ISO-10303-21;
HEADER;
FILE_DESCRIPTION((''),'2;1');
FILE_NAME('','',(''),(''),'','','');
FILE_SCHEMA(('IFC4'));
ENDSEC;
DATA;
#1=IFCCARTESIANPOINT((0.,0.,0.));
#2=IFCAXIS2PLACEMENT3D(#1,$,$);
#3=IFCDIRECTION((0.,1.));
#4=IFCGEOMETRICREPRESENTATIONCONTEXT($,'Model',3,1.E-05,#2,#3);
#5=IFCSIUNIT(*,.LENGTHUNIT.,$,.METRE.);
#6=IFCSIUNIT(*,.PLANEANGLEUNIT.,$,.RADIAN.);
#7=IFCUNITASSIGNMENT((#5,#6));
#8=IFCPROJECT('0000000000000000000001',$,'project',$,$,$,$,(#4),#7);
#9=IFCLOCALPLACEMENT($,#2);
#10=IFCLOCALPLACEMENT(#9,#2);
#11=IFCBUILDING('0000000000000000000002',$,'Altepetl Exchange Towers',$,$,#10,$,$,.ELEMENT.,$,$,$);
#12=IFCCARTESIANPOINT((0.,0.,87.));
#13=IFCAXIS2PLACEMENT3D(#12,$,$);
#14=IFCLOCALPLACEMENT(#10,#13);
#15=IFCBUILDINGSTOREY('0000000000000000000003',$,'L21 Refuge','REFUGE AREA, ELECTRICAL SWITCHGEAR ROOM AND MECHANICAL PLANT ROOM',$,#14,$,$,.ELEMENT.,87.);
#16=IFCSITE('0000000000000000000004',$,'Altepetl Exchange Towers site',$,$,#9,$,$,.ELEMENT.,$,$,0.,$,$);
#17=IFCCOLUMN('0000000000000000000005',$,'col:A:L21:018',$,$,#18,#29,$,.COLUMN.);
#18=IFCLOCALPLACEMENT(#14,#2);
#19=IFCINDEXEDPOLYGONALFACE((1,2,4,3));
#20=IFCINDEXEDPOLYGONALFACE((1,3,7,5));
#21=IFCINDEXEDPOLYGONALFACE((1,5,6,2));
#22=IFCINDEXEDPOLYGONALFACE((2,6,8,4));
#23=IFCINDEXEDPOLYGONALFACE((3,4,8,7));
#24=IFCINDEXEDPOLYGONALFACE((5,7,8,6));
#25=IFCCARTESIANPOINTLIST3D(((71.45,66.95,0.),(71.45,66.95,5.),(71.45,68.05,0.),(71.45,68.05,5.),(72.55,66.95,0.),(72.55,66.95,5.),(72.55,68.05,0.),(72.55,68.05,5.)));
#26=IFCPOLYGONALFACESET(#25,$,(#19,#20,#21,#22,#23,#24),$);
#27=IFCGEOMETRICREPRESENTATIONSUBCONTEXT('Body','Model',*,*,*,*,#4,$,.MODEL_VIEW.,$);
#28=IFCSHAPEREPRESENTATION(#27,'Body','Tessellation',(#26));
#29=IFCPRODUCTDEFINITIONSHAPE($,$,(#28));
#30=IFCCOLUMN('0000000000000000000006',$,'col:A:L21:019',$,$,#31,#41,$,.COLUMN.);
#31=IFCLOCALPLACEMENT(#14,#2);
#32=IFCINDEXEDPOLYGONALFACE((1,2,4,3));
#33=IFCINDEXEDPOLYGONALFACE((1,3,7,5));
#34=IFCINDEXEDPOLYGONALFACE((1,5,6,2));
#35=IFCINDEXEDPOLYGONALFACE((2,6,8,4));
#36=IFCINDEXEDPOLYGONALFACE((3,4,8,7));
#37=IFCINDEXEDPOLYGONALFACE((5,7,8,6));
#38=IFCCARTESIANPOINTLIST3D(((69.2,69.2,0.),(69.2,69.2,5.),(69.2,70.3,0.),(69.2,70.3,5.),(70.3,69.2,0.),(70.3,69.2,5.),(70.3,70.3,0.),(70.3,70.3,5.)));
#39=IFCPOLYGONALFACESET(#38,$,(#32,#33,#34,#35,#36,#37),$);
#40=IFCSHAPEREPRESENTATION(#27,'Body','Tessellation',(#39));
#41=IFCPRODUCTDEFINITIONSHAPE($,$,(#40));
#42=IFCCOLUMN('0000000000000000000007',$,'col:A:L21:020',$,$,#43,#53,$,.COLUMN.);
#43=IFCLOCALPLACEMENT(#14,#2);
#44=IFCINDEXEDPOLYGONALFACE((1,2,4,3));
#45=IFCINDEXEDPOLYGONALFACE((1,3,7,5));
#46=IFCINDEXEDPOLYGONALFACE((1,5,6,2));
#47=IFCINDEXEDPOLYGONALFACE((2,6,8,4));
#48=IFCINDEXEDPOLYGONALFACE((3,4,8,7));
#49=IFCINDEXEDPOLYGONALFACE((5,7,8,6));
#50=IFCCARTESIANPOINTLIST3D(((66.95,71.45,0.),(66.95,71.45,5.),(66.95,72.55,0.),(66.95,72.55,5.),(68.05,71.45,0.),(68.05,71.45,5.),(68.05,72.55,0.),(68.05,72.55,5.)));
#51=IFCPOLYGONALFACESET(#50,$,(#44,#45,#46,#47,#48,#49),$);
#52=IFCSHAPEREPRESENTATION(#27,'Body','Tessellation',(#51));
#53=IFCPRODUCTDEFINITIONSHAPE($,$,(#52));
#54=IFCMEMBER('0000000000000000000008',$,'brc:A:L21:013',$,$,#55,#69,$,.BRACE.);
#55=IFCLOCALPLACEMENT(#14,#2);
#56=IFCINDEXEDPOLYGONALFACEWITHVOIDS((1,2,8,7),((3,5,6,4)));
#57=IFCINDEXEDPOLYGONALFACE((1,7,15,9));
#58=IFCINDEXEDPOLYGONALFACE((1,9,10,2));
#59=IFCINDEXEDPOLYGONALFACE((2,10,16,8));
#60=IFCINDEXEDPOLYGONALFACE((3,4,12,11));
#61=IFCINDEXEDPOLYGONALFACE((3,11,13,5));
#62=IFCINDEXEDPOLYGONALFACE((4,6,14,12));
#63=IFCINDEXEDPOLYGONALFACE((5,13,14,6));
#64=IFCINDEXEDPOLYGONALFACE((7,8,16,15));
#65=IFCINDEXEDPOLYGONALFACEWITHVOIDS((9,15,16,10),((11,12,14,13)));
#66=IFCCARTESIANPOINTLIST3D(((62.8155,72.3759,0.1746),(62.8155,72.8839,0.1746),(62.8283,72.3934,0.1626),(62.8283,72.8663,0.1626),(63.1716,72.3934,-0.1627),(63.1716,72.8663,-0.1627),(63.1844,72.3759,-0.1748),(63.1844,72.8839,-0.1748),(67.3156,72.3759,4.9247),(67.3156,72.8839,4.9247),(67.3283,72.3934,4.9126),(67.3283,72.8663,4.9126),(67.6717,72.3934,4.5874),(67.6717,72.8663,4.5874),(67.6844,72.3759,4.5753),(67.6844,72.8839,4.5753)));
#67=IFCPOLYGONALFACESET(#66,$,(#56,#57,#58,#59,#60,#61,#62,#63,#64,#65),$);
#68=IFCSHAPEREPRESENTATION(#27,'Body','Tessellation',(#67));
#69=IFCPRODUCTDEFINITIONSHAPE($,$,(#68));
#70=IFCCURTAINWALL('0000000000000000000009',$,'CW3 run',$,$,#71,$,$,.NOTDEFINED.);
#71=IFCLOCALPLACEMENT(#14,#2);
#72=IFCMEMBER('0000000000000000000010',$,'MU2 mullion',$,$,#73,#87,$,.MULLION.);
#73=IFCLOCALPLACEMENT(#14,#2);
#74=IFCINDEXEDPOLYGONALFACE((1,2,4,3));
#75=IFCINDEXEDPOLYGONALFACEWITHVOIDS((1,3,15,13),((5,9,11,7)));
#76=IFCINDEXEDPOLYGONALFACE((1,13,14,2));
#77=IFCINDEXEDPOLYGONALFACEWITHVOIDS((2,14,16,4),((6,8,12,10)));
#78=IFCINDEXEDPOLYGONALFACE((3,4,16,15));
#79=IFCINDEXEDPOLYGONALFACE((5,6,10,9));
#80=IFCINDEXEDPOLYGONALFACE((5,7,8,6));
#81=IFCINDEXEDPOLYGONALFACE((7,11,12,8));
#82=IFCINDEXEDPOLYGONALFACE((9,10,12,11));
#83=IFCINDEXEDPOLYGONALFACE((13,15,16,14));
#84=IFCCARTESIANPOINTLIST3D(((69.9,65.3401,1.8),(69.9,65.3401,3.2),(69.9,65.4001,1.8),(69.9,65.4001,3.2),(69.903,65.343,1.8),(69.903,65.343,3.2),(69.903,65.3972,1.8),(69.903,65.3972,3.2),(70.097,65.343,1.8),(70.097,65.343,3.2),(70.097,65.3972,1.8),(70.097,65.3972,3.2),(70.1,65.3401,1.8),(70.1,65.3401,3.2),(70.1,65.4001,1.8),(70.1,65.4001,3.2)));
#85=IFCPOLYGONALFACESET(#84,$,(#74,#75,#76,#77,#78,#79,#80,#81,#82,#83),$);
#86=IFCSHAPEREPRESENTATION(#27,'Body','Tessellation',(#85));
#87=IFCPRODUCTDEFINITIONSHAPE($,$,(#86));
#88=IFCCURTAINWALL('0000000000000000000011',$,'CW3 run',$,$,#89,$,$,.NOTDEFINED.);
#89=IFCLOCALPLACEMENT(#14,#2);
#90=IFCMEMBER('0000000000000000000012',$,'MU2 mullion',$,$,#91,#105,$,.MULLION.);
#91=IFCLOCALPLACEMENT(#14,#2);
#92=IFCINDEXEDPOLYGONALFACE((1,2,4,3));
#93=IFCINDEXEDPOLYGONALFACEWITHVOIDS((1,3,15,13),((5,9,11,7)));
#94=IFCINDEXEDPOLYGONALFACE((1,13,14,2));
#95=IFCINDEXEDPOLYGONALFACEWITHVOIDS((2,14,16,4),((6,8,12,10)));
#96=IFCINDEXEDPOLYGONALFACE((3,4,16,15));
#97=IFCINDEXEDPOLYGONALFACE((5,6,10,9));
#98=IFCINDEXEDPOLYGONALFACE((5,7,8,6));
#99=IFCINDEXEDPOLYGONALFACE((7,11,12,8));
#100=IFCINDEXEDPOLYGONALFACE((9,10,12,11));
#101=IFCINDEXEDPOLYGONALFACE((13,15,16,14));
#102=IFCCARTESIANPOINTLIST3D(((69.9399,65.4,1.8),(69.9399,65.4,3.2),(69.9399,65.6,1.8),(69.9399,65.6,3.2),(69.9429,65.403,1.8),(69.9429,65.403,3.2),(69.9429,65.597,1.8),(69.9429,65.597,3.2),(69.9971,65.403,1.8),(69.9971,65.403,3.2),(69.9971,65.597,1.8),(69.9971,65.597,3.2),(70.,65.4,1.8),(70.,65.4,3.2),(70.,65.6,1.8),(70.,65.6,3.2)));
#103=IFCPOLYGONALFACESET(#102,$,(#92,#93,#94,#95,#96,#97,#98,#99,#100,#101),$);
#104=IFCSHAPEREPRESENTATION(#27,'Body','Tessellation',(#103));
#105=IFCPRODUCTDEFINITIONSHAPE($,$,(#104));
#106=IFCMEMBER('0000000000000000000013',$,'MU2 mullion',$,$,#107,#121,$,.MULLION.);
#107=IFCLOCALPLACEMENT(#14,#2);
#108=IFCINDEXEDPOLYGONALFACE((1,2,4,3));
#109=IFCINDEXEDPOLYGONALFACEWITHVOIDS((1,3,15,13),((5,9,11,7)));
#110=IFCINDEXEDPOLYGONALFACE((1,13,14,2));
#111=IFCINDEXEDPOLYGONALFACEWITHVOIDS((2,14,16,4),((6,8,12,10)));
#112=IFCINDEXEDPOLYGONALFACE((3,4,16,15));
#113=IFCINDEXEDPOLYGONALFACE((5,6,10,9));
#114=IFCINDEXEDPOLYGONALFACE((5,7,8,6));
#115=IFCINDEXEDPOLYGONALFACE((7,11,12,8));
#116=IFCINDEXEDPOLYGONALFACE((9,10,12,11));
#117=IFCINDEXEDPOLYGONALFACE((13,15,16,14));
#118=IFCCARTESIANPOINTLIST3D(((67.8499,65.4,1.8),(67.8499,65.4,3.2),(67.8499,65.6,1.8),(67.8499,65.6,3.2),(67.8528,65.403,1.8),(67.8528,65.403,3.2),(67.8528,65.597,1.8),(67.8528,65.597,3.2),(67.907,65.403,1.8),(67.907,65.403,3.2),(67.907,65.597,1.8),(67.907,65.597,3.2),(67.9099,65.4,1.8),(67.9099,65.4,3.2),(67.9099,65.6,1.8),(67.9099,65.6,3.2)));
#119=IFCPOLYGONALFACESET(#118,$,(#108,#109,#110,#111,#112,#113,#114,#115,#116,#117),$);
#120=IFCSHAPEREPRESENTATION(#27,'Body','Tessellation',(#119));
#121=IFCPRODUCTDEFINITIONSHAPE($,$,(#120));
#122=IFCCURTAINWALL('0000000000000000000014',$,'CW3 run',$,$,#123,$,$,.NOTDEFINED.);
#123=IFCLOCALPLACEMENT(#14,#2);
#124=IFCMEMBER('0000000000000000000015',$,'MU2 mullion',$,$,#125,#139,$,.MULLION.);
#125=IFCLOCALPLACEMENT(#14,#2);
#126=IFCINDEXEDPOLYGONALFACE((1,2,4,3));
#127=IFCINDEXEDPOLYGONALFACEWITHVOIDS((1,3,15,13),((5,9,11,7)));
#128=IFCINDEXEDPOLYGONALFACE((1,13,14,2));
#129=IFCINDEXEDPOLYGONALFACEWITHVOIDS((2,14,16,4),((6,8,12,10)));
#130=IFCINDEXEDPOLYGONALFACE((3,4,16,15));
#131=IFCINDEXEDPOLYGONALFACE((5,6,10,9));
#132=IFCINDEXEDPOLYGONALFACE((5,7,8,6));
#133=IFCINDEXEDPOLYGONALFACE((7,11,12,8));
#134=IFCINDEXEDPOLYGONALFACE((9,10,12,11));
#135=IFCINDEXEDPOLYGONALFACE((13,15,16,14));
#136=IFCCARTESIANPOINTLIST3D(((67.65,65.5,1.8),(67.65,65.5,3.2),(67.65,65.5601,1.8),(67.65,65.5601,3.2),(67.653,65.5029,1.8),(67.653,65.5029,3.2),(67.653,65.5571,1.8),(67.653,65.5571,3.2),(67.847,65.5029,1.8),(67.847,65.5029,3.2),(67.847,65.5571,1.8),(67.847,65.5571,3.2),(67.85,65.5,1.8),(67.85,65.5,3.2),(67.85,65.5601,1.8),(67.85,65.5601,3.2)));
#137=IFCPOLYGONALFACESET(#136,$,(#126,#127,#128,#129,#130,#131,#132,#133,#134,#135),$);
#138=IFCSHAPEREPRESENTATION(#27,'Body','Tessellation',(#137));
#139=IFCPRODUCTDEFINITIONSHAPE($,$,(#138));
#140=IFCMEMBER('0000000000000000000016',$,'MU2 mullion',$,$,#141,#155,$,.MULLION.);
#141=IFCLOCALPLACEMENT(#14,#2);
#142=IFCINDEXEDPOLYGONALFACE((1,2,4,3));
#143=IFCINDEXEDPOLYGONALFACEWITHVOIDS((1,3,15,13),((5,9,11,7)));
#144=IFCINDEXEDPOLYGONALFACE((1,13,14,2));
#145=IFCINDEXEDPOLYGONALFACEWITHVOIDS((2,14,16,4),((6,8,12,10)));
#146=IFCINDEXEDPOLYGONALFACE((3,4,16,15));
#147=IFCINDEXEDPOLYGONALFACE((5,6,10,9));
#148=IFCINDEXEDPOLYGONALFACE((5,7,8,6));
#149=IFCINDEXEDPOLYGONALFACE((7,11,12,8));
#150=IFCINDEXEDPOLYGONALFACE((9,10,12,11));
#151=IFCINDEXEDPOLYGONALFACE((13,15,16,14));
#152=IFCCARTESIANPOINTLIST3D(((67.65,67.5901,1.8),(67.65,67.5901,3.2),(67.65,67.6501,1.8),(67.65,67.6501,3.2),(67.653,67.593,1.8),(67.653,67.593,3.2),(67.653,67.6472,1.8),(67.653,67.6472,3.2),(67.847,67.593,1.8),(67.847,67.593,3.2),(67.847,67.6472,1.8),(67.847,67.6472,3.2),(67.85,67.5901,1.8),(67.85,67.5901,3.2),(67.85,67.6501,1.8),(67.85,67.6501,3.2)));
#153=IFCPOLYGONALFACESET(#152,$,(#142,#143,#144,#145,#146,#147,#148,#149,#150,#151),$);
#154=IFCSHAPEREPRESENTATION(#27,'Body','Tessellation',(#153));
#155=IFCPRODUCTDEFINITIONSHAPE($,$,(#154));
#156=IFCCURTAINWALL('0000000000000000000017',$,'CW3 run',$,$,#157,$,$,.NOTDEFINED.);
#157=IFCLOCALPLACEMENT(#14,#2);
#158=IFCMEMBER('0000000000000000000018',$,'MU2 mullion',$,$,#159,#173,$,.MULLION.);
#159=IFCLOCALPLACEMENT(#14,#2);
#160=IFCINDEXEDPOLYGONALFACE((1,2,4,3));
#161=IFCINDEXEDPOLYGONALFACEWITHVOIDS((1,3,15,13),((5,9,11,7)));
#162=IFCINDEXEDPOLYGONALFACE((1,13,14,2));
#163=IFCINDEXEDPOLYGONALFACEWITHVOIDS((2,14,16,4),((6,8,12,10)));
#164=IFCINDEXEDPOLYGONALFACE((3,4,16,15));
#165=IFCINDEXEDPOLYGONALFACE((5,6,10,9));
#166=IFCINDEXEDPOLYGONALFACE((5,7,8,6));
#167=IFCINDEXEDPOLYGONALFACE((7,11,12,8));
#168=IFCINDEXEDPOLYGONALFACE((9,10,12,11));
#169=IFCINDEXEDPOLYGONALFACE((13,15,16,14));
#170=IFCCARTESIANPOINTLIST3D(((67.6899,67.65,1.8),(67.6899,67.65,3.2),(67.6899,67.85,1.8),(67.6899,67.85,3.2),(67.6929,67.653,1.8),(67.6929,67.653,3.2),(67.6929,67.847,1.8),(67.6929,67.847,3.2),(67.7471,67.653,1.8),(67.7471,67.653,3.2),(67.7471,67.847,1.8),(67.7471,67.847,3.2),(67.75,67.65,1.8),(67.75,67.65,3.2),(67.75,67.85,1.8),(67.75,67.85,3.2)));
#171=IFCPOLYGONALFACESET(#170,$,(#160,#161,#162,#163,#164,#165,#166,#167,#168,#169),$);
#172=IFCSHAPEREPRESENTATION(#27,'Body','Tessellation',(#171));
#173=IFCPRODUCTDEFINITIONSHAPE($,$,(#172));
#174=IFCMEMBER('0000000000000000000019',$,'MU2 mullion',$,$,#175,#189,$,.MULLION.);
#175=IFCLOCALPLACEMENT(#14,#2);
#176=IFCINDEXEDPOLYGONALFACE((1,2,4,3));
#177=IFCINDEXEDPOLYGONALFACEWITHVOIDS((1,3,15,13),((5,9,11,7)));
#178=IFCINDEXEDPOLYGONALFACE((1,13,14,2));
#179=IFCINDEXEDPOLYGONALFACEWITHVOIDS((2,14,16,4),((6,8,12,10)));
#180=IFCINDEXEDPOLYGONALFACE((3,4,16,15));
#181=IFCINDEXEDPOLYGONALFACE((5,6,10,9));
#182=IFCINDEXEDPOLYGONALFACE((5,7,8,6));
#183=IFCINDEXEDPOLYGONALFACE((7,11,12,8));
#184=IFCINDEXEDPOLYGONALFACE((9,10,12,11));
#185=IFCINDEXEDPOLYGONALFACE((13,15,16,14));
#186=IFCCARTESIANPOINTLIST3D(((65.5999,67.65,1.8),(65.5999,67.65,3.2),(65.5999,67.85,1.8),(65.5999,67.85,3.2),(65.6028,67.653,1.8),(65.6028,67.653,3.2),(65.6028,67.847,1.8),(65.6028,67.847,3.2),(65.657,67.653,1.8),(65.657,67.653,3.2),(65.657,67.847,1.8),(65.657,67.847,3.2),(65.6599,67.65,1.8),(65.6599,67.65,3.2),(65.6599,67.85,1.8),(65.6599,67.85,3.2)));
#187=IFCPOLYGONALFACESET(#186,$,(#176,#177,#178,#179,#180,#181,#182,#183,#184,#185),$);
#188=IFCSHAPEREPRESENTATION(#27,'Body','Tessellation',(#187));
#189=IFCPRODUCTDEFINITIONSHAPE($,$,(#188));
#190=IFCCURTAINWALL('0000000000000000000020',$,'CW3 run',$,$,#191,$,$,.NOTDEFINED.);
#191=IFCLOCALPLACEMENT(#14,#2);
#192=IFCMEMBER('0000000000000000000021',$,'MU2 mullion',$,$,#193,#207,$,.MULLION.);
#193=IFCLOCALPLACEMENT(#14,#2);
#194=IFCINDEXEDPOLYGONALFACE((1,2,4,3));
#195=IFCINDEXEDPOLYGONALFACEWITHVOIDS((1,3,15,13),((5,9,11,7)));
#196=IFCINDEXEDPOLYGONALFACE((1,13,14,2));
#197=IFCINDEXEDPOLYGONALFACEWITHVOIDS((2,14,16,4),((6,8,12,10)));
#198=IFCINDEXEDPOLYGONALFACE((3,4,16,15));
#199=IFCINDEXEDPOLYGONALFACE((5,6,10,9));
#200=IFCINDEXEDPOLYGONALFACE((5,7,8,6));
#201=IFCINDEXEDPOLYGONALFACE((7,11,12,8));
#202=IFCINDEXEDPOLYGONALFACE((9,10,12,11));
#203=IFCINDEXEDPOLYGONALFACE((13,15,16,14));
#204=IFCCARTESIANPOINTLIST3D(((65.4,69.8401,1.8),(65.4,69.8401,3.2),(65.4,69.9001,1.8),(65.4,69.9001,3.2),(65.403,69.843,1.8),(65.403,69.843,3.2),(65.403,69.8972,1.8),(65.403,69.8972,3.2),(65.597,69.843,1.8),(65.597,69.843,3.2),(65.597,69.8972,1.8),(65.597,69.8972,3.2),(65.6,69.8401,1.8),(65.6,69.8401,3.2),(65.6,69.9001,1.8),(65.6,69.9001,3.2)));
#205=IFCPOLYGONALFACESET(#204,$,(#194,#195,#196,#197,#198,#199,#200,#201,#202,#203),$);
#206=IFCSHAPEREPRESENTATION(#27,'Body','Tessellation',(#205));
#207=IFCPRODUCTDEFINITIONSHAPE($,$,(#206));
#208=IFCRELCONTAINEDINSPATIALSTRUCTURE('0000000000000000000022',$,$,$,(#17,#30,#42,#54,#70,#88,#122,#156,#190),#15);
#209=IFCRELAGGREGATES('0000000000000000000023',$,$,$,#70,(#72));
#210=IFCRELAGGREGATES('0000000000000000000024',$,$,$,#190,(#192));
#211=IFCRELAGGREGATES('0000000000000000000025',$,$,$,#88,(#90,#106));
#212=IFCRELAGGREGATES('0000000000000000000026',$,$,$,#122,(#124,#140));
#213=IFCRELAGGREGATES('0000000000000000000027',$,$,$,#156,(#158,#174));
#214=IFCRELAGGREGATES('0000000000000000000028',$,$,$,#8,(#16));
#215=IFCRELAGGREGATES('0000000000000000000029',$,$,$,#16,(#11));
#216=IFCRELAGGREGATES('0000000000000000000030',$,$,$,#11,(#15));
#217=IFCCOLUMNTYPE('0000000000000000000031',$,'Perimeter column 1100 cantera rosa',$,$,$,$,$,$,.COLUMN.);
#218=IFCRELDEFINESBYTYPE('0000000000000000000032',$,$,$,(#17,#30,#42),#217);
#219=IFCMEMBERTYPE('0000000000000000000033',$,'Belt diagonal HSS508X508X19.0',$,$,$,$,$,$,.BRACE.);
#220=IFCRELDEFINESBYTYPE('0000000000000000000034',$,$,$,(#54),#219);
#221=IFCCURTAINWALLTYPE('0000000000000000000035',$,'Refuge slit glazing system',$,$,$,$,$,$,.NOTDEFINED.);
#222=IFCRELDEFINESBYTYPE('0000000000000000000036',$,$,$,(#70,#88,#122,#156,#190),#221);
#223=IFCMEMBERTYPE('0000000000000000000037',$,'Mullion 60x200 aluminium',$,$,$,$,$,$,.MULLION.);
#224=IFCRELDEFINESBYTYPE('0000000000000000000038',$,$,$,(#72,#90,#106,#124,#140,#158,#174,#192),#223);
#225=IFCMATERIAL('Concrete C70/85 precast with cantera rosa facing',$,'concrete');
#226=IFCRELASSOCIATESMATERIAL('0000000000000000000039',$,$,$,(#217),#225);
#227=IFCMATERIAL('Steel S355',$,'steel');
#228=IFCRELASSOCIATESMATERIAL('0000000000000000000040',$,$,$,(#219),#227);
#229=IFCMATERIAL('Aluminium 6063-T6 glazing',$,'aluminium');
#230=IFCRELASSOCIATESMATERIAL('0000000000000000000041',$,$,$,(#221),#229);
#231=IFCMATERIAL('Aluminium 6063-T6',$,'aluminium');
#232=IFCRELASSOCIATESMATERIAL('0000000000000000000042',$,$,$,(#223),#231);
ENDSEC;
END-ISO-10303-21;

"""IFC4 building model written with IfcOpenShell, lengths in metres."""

from ifc_helpers import new_model, si_unit, direction, frame, origin, origin_2d, place, context, subcontext, project, spatial, rectangle, hollow_rectangle, extrude, material, material_profile, profile_set, type_object, element, aggregate, save


model = new_model("IFC4")

# Units and contexts
model_context = context("Model", 3, precision=1e-05, world=origin(), true_north=direction((0.0, 1.0)))
body_context = subcontext(model_context, "Body", "Model", "MODEL_VIEW")
ifc_project = project(units=[si_unit("LENGTHUNIT", "METRE"), si_unit("PLANEANGLEUNIT", "RADIAN")], contexts=[model_context])

# Site, building, storey
site_placement = place(None, origin())
site = spatial("IfcSite", under=ifc_project, at=site_placement, Name="Altepetl Exchange Towers site", CompositionType="ELEMENT", RefElevation=0.0)
building_placement = place(site_placement, origin())
building = spatial("IfcBuilding", under=site, at=building_placement, Name="Altepetl Exchange Towers", CompositionType="ELEMENT")
storey_placement = place(building_placement, frame((0.0, 0.0, 87.0)))
storey = spatial("IfcBuildingStorey", under=building, at=storey_placement, Name="L21 Refuge", Description="REFUGE AREA, ELECTRICAL SWITCHGEAR ROOM AND MECHANICAL PLANT ROOM", CompositionType="ELEMENT", Elevation=87.0)

# Columns
ifc_material_1 = material(Name="Concrete C70/85 precast with cantera rosa facing", Category="concrete")
ifc_material_profile_1 = material_profile(ifc_material_1, rectangle(XDim=1.1001, YDim=1.1001, at=origin_2d()), Name="1100 x 1100")
ifc_profile_set_1 = profile_set([ifc_material_profile_1], Name="Concrete C70/85 precast with cantera rosa facing")
column_type = type_object("IfcColumnType", Name="Perimeter column 1100 cantera rosa", PredefinedType="COLUMN", material=ifc_profile_set_1)
for number, where, name in (
    (1, (72.0, 67.5, 0.0), "col:A:L21:018"),
    (2, (69.75, 69.75, 0.0), "col:A:L21:019"),
    (3, (67.5, 72.0, 0.0), "col:A:L21:020"),
):
    element("IfcColumn", number, at=place(storey_placement, frame(where)), inside=storey, type_object=column_type, Name=name, PredefinedType="COLUMN", context=body_context, shape_type="SweptSolid", body=[
        extrude(rectangle(XDim=1.1001, YDim=1.1001, at=origin_2d()), origin(), (0.0, 0.0, 1.0), 5.0),
    ])

# Member
ifc_material_2 = material(Name="Steel S355", Category="steel")
ifc_material_profile_2 = material_profile(ifc_material_2, hollow_rectangle(XDim=0.5081, YDim=0.5081, WallThickness=0.0176, at=origin_2d()), Name="HSS508X508X19.0")
ifc_profile_set_2 = profile_set([ifc_material_profile_2], Name="Steel S355")
member_type_1 = type_object("IfcMemberType", Name="Belt diagonal HSS508X508X19.0", PredefinedType="BRACE", material=ifc_profile_set_2)
member_1_placement = place(storey_placement, frame((67.5, 72.6299, 4.75), z_axis=(-0.687745, 0.0, -0.725953), x_axis=(0.0, -1.0, 0.0)))
element("IfcMember", 4, at=member_1_placement, inside=storey, type_object=member_type_1, Name="brc:A:L21:013", PredefinedType="BRACE", context=body_context, shape_type="SweptSolid", body=[
    extrude(hollow_rectangle(XDim=0.5081, YDim=0.5081, WallThickness=0.0176, at=origin_2d()), origin(), (0.0, 0.0, 1.0), 6.5432),
])

# Curtain wall, member
ifc_material_3 = material(Name="Aluminium 6063-T6 glazing", Category="aluminium")
curtain_wall_type = type_object("IfcCurtainWallType", Name="Refuge slit glazing system", PredefinedType="NOTDEFINED", material=ifc_material_3)
curtain_wall_1_placement = place(storey_placement, origin())
curtain_wall_1 = element("IfcCurtainWall", 5, at=curtain_wall_1_placement, inside=storey, type_object=curtain_wall_type, Name="CW3 run", PredefinedType="NOTDEFINED")
ifc_material_4 = material(Name="Aluminium 6063-T6", Category="aluminium")
ifc_material_profile_3 = material_profile(ifc_material_4, hollow_rectangle(XDim=0.0601, YDim=0.2, WallThickness=0.0029, at=origin_2d()), Name="Mullion 60x200 aluminium")
ifc_profile_set_3 = profile_set([ifc_material_profile_3], Name="Aluminium 6063-T6")
member_type_2 = type_object("IfcMemberType", Name="Mullion 60x200 aluminium", PredefinedType="MULLION", material=ifc_profile_set_3)
member_2_placement = place(storey_placement, frame((70.0, 65.3701, 1.8), z_axis=(0.0, 0.0, 1.0), x_axis=(0.0, 1.0, 0.0)))
member_2 = element("IfcMember", 6, at=member_2_placement, type_object=member_type_2, Name="MU2 mullion", PredefinedType="MULLION", context=body_context, shape_type="SweptSolid", body=[
    extrude(hollow_rectangle(XDim=0.0601, YDim=0.2, WallThickness=0.0029, at=origin_2d()), origin(), (0.0, 0.0, 1.0), 1.3999),
])
aggregate(curtain_wall_1, [member_2])

# Curtain walls, members
curtain_wall_2_placement = place(storey_placement, origin())
curtain_wall_2 = element("IfcCurtainWall", 7, at=curtain_wall_2_placement, inside=storey, type_object=curtain_wall_type, Name="CW3 run", PredefinedType="NOTDEFINED")
member_3_placement = place(storey_placement, frame((69.97, 65.5, 1.8), z_axis=(0.0, 0.0, 1.0), x_axis=(-1.0, 0.0, 0.0)))
member_3 = element("IfcMember", 8, at=member_3_placement, type_object=member_type_2, Name="MU2 mullion", PredefinedType="MULLION", context=body_context, shape_type="SweptSolid", body=[
    extrude(hollow_rectangle(XDim=0.0601, YDim=0.2, WallThickness=0.0029, at=origin_2d()), origin(), (0.0, 0.0, 1.0), 1.3999),
])
member_4_placement = place(storey_placement, frame((67.8799, 65.5, 1.8), z_axis=(0.0, 0.0, 1.0), x_axis=(-1.0, 0.0, 0.0)))
member_4 = element("IfcMember", 9, at=member_4_placement, type_object=member_type_2, Name="MU2 mullion", PredefinedType="MULLION", context=body_context, shape_type="SweptSolid", body=[
    extrude(hollow_rectangle(XDim=0.0601, YDim=0.2, WallThickness=0.0029, at=origin_2d()), origin(), (0.0, 0.0, 1.0), 1.3999),
])
curtain_wall_3_placement = place(storey_placement, origin())
curtain_wall_3 = element("IfcCurtainWall", 10, at=curtain_wall_3_placement, inside=storey, type_object=curtain_wall_type, Name="CW3 run", PredefinedType="NOTDEFINED")
member_5_placement = place(storey_placement, frame((67.75, 65.53, 1.8), z_axis=(0.0, 0.0, 1.0), x_axis=(0.0, 1.0, 0.0)))
member_5 = element("IfcMember", 11, at=member_5_placement, type_object=member_type_2, Name="MU2 mullion", PredefinedType="MULLION", context=body_context, shape_type="SweptSolid", body=[
    extrude(hollow_rectangle(XDim=0.0601, YDim=0.2, WallThickness=0.0029, at=origin_2d()), origin(), (0.0, 0.0, 1.0), 1.3999),
])
member_6_placement = place(storey_placement, frame((67.75, 67.6201, 1.8), z_axis=(0.0, 0.0, 1.0), x_axis=(0.0, 1.0, 0.0)))
member_6 = element("IfcMember", 12, at=member_6_placement, type_object=member_type_2, Name="MU2 mullion", PredefinedType="MULLION", context=body_context, shape_type="SweptSolid", body=[
    extrude(hollow_rectangle(XDim=0.0601, YDim=0.2, WallThickness=0.0029, at=origin_2d()), origin(), (0.0, 0.0, 1.0), 1.3999),
])
curtain_wall_4_placement = place(storey_placement, origin())
curtain_wall_4 = element("IfcCurtainWall", 13, at=curtain_wall_4_placement, inside=storey, type_object=curtain_wall_type, Name="CW3 run", PredefinedType="NOTDEFINED")
member_7_placement = place(storey_placement, frame((67.72, 67.75, 1.8), z_axis=(0.0, 0.0, 1.0), x_axis=(-1.0, 0.0, 0.0)))
member_7 = element("IfcMember", 14, at=member_7_placement, type_object=member_type_2, Name="MU2 mullion", PredefinedType="MULLION", context=body_context, shape_type="SweptSolid", body=[
    extrude(hollow_rectangle(XDim=0.0601, YDim=0.2, WallThickness=0.0029, at=origin_2d()), origin(), (0.0, 0.0, 1.0), 1.3999),
])
member_8_placement = place(storey_placement, frame((65.6299, 67.75, 1.8), z_axis=(0.0, 0.0, 1.0), x_axis=(-1.0, 0.0, 0.0)))
member_8 = element("IfcMember", 15, at=member_8_placement, type_object=member_type_2, Name="MU2 mullion", PredefinedType="MULLION", context=body_context, shape_type="SweptSolid", body=[
    extrude(hollow_rectangle(XDim=0.0601, YDim=0.2, WallThickness=0.0029, at=origin_2d()), origin(), (0.0, 0.0, 1.0), 1.3999),
])

# Curtain wall, member
curtain_wall_5_placement = place(storey_placement, origin())
curtain_wall_5 = element("IfcCurtainWall", 16, at=curtain_wall_5_placement, inside=storey, type_object=curtain_wall_type, Name="CW3 run", PredefinedType="NOTDEFINED")
member_9_placement = place(storey_placement, frame((65.5, 69.8701, 1.8), z_axis=(0.0, 0.0, 1.0), x_axis=(0.0, 1.0, 0.0)))
member_9 = element("IfcMember", 17, at=member_9_placement, type_object=member_type_2, Name="MU2 mullion", PredefinedType="MULLION", context=body_context, shape_type="SweptSolid", body=[
    extrude(hollow_rectangle(XDim=0.0601, YDim=0.2, WallThickness=0.0029, at=origin_2d()), origin(), (0.0, 0.0, 1.0), 1.3999),
])
aggregate(curtain_wall_5, [member_9])

aggregate(curtain_wall_2, [member_3, member_4])
aggregate(curtain_wall_3, [member_5, member_6])
aggregate(curtain_wall_4, [member_7, member_8])

save(model, "model.ifc")
